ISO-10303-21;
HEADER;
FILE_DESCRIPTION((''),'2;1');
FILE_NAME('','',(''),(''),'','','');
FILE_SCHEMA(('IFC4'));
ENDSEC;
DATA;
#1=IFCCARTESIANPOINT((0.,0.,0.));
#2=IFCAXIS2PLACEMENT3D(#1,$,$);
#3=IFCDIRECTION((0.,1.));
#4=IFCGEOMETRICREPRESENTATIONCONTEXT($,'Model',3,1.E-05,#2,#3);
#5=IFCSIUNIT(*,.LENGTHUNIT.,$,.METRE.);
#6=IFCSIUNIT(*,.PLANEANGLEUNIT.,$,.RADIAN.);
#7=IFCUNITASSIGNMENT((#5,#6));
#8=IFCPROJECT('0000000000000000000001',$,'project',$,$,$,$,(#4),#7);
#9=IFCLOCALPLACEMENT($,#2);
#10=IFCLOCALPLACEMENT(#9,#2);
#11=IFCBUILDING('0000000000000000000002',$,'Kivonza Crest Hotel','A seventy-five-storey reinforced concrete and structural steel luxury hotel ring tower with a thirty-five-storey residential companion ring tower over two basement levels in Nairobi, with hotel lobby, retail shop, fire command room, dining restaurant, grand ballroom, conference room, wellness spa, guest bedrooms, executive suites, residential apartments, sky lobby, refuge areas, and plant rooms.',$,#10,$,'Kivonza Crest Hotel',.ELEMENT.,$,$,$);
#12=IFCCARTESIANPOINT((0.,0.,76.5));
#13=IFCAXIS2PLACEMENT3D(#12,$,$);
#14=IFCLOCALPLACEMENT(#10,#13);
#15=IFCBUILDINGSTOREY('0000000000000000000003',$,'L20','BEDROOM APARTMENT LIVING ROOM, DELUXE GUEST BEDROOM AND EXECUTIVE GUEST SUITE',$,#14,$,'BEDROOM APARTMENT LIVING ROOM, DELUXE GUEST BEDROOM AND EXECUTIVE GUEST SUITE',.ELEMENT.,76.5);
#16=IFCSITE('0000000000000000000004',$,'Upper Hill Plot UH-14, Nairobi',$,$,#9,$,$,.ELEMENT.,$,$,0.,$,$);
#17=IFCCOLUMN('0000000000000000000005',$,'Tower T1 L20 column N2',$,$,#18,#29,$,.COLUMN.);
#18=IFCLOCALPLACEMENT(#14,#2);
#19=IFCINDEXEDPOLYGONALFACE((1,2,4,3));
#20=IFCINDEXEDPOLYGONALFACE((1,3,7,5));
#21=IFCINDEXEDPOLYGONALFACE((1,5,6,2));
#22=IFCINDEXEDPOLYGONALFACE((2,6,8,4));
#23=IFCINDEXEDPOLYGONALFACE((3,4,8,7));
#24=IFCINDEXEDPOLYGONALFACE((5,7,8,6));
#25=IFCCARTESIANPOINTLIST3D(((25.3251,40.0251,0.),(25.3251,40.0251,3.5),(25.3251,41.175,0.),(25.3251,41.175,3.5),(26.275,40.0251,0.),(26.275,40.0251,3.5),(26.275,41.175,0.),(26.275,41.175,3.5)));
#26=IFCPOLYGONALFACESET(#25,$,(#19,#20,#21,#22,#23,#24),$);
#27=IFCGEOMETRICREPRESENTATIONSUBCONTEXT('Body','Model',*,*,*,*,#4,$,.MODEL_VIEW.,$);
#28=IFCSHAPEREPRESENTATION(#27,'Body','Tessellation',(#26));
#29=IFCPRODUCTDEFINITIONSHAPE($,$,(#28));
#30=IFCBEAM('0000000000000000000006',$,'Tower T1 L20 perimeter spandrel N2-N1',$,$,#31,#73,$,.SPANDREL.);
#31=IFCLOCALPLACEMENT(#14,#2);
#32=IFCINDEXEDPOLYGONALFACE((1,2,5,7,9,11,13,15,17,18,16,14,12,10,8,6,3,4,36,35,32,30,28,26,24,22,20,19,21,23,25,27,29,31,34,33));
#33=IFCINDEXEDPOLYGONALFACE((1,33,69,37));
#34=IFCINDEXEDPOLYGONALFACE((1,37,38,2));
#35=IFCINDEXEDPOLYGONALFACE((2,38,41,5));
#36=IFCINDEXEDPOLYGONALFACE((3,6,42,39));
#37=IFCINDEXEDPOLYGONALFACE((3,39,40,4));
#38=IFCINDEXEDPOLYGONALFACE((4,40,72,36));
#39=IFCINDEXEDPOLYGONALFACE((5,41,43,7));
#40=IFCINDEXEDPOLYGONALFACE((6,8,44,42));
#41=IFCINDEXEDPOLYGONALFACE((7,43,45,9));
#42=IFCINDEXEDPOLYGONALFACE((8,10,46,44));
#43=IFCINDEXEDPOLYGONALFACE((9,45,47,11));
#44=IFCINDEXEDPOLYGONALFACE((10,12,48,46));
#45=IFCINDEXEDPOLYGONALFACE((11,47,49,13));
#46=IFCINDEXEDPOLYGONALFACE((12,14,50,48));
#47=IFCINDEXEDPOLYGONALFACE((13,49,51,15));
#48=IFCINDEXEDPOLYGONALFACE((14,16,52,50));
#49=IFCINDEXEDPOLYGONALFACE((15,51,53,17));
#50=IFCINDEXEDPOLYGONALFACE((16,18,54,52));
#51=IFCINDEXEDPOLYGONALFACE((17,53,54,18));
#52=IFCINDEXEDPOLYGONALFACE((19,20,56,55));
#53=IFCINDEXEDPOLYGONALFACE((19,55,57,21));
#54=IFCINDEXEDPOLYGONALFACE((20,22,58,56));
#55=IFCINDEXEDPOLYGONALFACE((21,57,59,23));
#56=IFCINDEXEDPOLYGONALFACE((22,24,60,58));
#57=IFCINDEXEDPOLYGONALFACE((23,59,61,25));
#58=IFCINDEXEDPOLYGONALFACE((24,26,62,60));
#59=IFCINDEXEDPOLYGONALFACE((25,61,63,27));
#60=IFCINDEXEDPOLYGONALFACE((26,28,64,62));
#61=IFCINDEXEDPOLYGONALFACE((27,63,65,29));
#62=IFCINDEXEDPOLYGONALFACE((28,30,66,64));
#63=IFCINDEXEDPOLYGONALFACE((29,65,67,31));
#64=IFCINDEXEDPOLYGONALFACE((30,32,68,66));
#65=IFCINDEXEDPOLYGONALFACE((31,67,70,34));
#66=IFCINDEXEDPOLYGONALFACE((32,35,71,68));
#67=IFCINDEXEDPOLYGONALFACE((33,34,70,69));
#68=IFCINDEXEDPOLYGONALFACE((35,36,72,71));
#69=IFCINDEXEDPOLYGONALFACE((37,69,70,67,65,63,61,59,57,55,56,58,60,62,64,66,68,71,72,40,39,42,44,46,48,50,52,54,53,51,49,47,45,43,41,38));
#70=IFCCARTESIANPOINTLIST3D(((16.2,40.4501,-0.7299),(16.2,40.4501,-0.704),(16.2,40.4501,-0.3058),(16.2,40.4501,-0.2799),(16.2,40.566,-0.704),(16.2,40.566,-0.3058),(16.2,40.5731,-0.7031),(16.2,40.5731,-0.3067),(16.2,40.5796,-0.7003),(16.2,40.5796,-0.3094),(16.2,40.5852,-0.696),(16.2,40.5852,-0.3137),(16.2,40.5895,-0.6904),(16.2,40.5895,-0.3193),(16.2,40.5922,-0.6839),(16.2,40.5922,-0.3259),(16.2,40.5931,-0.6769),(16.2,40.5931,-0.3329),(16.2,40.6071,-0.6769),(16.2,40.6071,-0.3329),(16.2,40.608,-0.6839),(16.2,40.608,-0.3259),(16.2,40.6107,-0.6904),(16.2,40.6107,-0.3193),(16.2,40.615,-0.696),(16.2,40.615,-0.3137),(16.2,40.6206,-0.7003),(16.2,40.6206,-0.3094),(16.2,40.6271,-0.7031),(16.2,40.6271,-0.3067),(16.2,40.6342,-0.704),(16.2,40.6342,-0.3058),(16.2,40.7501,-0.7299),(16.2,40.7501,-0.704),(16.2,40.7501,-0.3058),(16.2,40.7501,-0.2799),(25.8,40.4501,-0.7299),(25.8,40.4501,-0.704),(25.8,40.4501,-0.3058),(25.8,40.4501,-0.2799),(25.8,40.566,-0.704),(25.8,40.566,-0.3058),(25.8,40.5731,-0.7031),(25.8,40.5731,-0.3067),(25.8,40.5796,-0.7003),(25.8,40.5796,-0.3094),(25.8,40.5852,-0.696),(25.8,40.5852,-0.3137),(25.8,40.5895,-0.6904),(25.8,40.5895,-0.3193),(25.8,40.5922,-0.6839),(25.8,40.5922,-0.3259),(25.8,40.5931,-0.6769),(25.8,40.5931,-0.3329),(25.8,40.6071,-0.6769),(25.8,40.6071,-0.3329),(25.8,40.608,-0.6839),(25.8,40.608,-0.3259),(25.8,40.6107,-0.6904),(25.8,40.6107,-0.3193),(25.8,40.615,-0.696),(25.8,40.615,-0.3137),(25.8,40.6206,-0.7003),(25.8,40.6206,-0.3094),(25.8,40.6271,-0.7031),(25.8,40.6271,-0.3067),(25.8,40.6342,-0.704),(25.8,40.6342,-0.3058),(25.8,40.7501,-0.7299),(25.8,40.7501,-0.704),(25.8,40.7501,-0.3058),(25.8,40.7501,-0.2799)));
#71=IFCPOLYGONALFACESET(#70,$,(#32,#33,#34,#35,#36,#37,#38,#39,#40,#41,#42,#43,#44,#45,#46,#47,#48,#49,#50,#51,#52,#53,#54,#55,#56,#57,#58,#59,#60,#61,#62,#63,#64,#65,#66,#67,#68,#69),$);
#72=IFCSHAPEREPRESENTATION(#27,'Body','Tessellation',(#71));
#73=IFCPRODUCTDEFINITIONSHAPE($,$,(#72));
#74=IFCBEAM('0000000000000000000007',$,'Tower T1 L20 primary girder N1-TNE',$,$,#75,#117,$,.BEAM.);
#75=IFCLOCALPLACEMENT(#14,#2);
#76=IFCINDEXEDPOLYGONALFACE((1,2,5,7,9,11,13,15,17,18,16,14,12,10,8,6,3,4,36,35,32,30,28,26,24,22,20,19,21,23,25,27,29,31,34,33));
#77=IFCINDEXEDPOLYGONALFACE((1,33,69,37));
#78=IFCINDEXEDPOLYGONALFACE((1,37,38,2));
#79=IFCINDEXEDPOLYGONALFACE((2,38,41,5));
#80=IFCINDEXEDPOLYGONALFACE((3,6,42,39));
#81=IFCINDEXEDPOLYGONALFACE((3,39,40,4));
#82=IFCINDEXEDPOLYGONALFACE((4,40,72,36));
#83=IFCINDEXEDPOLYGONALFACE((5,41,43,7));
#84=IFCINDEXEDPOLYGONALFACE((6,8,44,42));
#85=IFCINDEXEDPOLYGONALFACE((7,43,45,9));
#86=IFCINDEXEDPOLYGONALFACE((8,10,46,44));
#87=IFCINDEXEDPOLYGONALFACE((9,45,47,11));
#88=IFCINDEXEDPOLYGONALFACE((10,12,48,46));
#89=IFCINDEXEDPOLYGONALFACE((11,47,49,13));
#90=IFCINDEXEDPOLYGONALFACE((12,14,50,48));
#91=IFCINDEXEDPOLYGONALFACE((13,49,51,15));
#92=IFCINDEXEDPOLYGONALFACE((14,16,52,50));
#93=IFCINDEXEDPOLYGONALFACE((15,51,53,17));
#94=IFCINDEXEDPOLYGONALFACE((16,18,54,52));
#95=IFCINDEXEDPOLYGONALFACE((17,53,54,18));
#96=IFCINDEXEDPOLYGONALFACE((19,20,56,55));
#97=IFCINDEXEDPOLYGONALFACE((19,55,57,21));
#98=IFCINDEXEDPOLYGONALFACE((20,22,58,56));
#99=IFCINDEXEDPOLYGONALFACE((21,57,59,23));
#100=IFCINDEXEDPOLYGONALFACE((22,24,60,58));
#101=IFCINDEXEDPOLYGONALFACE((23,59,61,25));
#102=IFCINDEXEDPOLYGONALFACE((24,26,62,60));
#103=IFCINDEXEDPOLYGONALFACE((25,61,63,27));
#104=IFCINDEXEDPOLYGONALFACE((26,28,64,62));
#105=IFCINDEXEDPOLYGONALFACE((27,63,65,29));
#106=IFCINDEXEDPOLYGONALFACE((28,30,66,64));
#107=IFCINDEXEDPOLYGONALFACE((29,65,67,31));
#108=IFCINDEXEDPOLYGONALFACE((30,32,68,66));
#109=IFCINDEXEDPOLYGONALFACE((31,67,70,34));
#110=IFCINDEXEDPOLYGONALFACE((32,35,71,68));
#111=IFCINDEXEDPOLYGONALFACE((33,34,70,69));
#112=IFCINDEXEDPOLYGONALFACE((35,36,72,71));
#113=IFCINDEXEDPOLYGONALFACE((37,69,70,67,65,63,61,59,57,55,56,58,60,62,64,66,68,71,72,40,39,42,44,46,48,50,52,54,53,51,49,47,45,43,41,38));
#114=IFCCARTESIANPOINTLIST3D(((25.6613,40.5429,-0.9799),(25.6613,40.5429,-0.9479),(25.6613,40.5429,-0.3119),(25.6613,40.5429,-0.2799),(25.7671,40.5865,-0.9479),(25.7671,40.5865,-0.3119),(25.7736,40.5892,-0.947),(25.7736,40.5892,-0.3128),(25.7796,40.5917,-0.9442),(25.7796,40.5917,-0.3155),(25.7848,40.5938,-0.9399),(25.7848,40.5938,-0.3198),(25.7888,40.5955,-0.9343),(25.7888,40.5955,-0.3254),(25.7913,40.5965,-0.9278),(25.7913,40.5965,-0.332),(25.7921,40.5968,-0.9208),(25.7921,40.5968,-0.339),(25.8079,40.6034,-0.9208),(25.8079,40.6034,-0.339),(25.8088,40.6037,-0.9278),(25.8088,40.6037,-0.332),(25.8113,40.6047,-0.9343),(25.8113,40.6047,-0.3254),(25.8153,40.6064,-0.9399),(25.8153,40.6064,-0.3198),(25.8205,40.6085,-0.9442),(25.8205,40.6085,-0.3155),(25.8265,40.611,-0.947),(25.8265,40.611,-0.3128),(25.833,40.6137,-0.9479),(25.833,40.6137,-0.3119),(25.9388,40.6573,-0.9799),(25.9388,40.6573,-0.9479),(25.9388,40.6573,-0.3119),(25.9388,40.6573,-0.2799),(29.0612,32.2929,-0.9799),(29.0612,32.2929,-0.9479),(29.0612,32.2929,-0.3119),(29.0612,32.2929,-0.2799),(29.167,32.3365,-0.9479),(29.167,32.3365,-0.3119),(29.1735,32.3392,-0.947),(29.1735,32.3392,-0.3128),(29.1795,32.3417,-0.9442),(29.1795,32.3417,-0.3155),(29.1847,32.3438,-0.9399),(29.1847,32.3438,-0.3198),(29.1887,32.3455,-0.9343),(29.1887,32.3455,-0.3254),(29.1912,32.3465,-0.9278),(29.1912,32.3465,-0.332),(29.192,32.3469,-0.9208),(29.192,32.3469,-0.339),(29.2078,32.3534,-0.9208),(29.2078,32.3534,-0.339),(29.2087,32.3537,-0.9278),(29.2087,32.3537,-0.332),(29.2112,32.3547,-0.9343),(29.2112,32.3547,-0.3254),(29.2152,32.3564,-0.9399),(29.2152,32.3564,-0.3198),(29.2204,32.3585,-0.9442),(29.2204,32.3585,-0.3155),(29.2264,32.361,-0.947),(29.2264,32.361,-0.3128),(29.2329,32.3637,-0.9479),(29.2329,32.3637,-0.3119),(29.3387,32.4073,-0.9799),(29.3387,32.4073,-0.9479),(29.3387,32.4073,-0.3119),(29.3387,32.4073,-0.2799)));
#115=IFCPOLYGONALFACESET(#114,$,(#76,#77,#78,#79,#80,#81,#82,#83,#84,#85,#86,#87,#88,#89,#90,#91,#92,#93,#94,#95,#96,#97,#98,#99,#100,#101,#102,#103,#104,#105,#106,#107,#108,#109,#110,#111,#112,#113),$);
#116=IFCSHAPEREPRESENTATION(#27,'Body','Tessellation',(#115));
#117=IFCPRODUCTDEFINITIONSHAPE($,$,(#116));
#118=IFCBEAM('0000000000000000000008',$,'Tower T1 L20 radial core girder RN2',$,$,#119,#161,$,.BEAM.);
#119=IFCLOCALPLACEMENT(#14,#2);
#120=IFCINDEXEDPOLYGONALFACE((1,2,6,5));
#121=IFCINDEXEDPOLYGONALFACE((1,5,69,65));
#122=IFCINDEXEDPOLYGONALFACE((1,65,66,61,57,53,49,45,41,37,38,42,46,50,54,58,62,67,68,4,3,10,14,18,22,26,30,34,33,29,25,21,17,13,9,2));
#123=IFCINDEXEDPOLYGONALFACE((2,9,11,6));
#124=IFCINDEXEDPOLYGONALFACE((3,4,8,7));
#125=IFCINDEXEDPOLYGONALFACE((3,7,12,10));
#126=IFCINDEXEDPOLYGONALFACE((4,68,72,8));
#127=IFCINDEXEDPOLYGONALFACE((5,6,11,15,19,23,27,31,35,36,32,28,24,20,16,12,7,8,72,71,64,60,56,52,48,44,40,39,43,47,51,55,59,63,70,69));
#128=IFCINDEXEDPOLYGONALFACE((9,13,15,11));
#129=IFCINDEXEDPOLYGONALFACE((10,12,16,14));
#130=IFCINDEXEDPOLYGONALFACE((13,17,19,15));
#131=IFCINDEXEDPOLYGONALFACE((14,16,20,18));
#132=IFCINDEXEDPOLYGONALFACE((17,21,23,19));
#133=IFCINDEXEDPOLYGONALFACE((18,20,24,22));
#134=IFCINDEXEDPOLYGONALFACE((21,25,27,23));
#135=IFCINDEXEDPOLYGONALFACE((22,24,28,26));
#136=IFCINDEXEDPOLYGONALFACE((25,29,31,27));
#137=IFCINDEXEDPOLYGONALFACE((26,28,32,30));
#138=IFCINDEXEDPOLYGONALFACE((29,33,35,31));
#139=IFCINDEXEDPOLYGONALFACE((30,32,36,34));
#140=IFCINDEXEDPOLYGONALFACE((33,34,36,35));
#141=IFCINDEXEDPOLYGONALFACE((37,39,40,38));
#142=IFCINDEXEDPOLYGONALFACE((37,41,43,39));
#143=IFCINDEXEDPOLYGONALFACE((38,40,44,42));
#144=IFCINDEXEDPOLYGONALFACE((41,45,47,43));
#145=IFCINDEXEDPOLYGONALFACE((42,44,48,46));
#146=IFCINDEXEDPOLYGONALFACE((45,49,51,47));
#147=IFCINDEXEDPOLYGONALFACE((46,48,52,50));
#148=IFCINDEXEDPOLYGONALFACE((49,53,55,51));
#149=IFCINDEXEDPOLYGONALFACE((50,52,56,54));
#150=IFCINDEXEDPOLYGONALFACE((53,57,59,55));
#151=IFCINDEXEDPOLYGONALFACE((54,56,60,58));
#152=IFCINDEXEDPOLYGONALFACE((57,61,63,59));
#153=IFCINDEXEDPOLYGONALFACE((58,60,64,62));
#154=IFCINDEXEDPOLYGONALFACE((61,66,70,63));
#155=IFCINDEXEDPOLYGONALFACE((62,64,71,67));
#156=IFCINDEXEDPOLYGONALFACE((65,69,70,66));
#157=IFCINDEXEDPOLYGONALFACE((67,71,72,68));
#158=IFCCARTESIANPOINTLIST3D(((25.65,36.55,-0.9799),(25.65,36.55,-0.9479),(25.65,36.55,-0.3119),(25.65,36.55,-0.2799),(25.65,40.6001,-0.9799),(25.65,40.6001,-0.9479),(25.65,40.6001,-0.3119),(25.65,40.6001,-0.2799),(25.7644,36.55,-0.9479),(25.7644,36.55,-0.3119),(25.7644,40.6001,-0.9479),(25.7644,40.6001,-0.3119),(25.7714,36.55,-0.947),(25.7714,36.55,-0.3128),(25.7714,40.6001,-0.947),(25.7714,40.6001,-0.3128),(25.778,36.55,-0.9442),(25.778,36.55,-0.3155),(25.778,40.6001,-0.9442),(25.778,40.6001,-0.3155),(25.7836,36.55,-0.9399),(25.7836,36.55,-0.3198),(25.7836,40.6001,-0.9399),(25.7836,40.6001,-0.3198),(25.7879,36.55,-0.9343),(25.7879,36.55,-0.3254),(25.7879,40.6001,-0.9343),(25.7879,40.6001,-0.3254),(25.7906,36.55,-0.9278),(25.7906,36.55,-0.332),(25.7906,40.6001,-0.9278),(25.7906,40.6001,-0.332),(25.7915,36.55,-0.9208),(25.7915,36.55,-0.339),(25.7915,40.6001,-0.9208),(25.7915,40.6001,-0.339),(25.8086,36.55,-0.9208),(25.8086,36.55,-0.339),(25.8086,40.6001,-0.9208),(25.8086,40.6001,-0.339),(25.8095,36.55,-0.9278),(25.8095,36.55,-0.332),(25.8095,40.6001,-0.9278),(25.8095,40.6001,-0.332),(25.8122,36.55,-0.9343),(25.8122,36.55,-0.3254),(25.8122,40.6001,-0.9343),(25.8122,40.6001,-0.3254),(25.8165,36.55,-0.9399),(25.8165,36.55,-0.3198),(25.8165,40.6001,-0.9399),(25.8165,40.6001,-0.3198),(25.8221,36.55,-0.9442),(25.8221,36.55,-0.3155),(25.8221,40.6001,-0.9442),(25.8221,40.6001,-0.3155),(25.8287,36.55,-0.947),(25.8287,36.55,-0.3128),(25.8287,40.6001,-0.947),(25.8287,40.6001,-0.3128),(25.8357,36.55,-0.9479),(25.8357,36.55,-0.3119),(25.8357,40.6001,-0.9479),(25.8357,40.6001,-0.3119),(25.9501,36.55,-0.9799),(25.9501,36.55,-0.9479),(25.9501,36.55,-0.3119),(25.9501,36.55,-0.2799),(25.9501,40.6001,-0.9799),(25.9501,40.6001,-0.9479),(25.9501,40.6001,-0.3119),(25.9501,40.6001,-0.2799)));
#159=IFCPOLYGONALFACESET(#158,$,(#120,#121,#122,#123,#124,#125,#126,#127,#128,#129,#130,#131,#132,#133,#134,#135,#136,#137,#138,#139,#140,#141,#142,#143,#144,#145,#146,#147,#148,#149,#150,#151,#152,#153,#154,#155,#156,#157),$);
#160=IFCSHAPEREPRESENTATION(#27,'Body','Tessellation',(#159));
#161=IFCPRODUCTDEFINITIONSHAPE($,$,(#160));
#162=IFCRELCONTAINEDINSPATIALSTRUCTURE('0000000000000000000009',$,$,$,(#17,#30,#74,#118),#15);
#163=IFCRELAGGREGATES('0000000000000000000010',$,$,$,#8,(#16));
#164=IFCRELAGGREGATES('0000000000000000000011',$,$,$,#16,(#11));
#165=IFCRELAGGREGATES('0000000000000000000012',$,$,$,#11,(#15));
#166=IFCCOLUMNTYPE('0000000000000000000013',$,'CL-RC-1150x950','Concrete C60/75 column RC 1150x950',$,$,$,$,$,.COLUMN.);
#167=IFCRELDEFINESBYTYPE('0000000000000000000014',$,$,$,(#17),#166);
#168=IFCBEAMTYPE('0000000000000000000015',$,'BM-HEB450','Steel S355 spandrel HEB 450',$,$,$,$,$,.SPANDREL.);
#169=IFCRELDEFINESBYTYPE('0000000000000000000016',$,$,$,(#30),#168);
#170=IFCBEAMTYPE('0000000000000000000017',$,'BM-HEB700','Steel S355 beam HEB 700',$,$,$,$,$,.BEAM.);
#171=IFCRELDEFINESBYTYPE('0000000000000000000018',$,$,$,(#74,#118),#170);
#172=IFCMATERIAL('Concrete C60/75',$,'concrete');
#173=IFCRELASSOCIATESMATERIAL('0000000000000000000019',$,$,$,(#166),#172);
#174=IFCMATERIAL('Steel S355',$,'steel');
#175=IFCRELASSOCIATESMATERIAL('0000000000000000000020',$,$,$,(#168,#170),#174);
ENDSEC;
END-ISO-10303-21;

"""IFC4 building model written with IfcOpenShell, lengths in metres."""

from ifc_helpers import new_model, si_unit, direction, frame, origin, origin_2d, place, context, subcontext, project, spatial, rectangle, i_section, extrude, material, material_profile, profile_set, type_object, element, save


model = new_model("IFC4")

# Units and contexts
model_context = context("Model", 3, precision=1e-05, world=origin(), true_north=direction((0.0, 1.0)))
body_context = subcontext(model_context, "Body", "Model", "MODEL_VIEW")
ifc_project = project(units=[si_unit("LENGTHUNIT", "METRE"), si_unit("PLANEANGLEUNIT", "RADIAN")], contexts=[model_context])

# Site, building, storey
site_placement = place(None, origin())
site = spatial("IfcSite", under=ifc_project, at=site_placement, Name="Upper Hill Plot UH-14, Nairobi", CompositionType="ELEMENT", RefElevation=0.0)
building_placement = place(site_placement, origin())
building = spatial("IfcBuilding", under=site, at=building_placement, Name="Kivonza Crest Hotel", Description="A seventy-five-storey reinforced concrete and structural steel luxury hotel ring tower with a thirty-five-storey residential companion ring tower over two basement levels in Nairobi, with hotel lobby, retail shop, fire command room, dining restaurant, grand ballroom, conference room, wellness spa, guest bedrooms, executive suites, residential apartments, sky lobby, refuge areas, and plant rooms.", LongName="Kivonza Crest Hotel", CompositionType="ELEMENT")
storey_placement = place(building_placement, frame((0.0, 0.0, 76.5)))
storey = spatial("IfcBuildingStorey", under=building, at=storey_placement, Name="L20", Description="BEDROOM APARTMENT LIVING ROOM, DELUXE GUEST BEDROOM AND EXECUTIVE GUEST SUITE", LongName="BEDROOM APARTMENT LIVING ROOM, DELUXE GUEST BEDROOM AND EXECUTIVE GUEST SUITE", CompositionType="ELEMENT", Elevation=76.5)

# Column
ifc_material_1 = material(Name="Concrete C60/75", Category="concrete")
ifc_material_profile_1 = material_profile(ifc_material_1, rectangle(XDim=0.95, YDim=1.1499, at=origin_2d()), Name="RC 1150x950")
ifc_profile_set_1 = profile_set([ifc_material_profile_1], Name="Concrete C60/75")
column_type = type_object("IfcColumnType", Name="CL-RC-1150x950", Description="Concrete C60/75 column RC 1150x950", PredefinedType="COLUMN", material=ifc_profile_set_1)
column_placement = place(storey_placement, frame((25.8, 40.6001, 0.0), z_axis=(0.0, 0.0, 1.0), x_axis=(1.0, 0.0, 0.0)))
element("IfcColumn", 1, at=column_placement, inside=storey, type_object=column_type, Name="Tower T1 L20 column N2", PredefinedType="COLUMN", context=body_context, shape_type="SweptSolid", body=[
    extrude(rectangle(XDim=0.95, YDim=1.1499, at=origin_2d()), origin(), (0.0, 0.0, 1.0), 3.5),
])

# Beams
ifc_material_2 = material(Name="Steel S355", Category="steel")
ifc_material_profile_2 = material_profile(ifc_material_2, i_section(OverallWidth=0.3, OverallDepth=0.45, WebThickness=0.0139, FlangeThickness=0.0259, FilletRadius=0.0271, at=origin_2d()), Name="HEB 450")
ifc_profile_set_2 = profile_set([ifc_material_profile_2], Name="Steel S355")
beam_type_1 = type_object("IfcBeamType", Name="BM-HEB450", Description="Steel S355 spandrel HEB 450", PredefinedType="SPANDREL", material=ifc_profile_set_2)
beam_1_placement = place(storey_placement, frame((25.8, 40.6001, -0.5049), z_axis=(-1.0, 0.0, 0.0), x_axis=(0.0, -1.0, 0.0)))
element("IfcBeam", 2, at=beam_1_placement, inside=storey, type_object=beam_type_1, Name="Tower T1 L20 perimeter spandrel N2-N1", PredefinedType="SPANDREL", context=body_context, shape_type="SweptSolid", body=[
    extrude(i_section(OverallWidth=0.3, OverallDepth=0.45, WebThickness=0.0139, FlangeThickness=0.0259, FilletRadius=0.0271, at=origin_2d()), origin(), (0.0, 0.0, 1.0), 9.6001),
])
ifc_material_profile_3 = material_profile(ifc_material_2, i_section(OverallWidth=0.3, OverallDepth=0.7, WebThickness=0.0171, FlangeThickness=0.032, FilletRadius=0.0271, at=origin_2d()), Name="HEB 700")
ifc_profile_set_3 = profile_set([ifc_material_profile_3], Name="Steel S355")
beam_type_2 = type_object("IfcBeamType", Name="BM-HEB700", Description="Steel S355 beam HEB 700", PredefinedType="BEAM", material=ifc_profile_set_3)
beam_2_placement = place(storey_placement, frame((25.8, 40.6001, -0.6299), z_axis=(0.381022, -0.924566, 0.0), x_axis=(0.924566, 0.381022, 0.0)))
element("IfcBeam", 3, at=beam_2_placement, inside=storey, type_object=beam_type_2, Name="Tower T1 L20 primary girder N1-TNE", PredefinedType="BEAM", context=body_context, shape_type="SweptSolid", body=[
    extrude(i_section(OverallWidth=0.3, OverallDepth=0.7, WebThickness=0.0171, FlangeThickness=0.032, FilletRadius=0.0271, at=origin_2d()), origin(), (0.0, 0.0, 1.0), 8.9231),
])
beam_3_placement = place(storey_placement, frame((25.8, 40.6001, -0.6299), z_axis=(0.0, -1.0, 0.0), x_axis=(1.0, 0.0, 0.0)))
element("IfcBeam", 4, at=beam_3_placement, inside=storey, type_object=beam_type_2, Name="Tower T1 L20 radial core girder RN2", PredefinedType="BEAM", context=body_context, shape_type="SweptSolid", body=[
    extrude(i_section(OverallWidth=0.3, OverallDepth=0.7, WebThickness=0.0171, FlangeThickness=0.032, FilletRadius=0.0271, at=origin_2d()), origin(), (0.0, 0.0, 1.0), 4.05),
])

save(model, "model.ifc")
